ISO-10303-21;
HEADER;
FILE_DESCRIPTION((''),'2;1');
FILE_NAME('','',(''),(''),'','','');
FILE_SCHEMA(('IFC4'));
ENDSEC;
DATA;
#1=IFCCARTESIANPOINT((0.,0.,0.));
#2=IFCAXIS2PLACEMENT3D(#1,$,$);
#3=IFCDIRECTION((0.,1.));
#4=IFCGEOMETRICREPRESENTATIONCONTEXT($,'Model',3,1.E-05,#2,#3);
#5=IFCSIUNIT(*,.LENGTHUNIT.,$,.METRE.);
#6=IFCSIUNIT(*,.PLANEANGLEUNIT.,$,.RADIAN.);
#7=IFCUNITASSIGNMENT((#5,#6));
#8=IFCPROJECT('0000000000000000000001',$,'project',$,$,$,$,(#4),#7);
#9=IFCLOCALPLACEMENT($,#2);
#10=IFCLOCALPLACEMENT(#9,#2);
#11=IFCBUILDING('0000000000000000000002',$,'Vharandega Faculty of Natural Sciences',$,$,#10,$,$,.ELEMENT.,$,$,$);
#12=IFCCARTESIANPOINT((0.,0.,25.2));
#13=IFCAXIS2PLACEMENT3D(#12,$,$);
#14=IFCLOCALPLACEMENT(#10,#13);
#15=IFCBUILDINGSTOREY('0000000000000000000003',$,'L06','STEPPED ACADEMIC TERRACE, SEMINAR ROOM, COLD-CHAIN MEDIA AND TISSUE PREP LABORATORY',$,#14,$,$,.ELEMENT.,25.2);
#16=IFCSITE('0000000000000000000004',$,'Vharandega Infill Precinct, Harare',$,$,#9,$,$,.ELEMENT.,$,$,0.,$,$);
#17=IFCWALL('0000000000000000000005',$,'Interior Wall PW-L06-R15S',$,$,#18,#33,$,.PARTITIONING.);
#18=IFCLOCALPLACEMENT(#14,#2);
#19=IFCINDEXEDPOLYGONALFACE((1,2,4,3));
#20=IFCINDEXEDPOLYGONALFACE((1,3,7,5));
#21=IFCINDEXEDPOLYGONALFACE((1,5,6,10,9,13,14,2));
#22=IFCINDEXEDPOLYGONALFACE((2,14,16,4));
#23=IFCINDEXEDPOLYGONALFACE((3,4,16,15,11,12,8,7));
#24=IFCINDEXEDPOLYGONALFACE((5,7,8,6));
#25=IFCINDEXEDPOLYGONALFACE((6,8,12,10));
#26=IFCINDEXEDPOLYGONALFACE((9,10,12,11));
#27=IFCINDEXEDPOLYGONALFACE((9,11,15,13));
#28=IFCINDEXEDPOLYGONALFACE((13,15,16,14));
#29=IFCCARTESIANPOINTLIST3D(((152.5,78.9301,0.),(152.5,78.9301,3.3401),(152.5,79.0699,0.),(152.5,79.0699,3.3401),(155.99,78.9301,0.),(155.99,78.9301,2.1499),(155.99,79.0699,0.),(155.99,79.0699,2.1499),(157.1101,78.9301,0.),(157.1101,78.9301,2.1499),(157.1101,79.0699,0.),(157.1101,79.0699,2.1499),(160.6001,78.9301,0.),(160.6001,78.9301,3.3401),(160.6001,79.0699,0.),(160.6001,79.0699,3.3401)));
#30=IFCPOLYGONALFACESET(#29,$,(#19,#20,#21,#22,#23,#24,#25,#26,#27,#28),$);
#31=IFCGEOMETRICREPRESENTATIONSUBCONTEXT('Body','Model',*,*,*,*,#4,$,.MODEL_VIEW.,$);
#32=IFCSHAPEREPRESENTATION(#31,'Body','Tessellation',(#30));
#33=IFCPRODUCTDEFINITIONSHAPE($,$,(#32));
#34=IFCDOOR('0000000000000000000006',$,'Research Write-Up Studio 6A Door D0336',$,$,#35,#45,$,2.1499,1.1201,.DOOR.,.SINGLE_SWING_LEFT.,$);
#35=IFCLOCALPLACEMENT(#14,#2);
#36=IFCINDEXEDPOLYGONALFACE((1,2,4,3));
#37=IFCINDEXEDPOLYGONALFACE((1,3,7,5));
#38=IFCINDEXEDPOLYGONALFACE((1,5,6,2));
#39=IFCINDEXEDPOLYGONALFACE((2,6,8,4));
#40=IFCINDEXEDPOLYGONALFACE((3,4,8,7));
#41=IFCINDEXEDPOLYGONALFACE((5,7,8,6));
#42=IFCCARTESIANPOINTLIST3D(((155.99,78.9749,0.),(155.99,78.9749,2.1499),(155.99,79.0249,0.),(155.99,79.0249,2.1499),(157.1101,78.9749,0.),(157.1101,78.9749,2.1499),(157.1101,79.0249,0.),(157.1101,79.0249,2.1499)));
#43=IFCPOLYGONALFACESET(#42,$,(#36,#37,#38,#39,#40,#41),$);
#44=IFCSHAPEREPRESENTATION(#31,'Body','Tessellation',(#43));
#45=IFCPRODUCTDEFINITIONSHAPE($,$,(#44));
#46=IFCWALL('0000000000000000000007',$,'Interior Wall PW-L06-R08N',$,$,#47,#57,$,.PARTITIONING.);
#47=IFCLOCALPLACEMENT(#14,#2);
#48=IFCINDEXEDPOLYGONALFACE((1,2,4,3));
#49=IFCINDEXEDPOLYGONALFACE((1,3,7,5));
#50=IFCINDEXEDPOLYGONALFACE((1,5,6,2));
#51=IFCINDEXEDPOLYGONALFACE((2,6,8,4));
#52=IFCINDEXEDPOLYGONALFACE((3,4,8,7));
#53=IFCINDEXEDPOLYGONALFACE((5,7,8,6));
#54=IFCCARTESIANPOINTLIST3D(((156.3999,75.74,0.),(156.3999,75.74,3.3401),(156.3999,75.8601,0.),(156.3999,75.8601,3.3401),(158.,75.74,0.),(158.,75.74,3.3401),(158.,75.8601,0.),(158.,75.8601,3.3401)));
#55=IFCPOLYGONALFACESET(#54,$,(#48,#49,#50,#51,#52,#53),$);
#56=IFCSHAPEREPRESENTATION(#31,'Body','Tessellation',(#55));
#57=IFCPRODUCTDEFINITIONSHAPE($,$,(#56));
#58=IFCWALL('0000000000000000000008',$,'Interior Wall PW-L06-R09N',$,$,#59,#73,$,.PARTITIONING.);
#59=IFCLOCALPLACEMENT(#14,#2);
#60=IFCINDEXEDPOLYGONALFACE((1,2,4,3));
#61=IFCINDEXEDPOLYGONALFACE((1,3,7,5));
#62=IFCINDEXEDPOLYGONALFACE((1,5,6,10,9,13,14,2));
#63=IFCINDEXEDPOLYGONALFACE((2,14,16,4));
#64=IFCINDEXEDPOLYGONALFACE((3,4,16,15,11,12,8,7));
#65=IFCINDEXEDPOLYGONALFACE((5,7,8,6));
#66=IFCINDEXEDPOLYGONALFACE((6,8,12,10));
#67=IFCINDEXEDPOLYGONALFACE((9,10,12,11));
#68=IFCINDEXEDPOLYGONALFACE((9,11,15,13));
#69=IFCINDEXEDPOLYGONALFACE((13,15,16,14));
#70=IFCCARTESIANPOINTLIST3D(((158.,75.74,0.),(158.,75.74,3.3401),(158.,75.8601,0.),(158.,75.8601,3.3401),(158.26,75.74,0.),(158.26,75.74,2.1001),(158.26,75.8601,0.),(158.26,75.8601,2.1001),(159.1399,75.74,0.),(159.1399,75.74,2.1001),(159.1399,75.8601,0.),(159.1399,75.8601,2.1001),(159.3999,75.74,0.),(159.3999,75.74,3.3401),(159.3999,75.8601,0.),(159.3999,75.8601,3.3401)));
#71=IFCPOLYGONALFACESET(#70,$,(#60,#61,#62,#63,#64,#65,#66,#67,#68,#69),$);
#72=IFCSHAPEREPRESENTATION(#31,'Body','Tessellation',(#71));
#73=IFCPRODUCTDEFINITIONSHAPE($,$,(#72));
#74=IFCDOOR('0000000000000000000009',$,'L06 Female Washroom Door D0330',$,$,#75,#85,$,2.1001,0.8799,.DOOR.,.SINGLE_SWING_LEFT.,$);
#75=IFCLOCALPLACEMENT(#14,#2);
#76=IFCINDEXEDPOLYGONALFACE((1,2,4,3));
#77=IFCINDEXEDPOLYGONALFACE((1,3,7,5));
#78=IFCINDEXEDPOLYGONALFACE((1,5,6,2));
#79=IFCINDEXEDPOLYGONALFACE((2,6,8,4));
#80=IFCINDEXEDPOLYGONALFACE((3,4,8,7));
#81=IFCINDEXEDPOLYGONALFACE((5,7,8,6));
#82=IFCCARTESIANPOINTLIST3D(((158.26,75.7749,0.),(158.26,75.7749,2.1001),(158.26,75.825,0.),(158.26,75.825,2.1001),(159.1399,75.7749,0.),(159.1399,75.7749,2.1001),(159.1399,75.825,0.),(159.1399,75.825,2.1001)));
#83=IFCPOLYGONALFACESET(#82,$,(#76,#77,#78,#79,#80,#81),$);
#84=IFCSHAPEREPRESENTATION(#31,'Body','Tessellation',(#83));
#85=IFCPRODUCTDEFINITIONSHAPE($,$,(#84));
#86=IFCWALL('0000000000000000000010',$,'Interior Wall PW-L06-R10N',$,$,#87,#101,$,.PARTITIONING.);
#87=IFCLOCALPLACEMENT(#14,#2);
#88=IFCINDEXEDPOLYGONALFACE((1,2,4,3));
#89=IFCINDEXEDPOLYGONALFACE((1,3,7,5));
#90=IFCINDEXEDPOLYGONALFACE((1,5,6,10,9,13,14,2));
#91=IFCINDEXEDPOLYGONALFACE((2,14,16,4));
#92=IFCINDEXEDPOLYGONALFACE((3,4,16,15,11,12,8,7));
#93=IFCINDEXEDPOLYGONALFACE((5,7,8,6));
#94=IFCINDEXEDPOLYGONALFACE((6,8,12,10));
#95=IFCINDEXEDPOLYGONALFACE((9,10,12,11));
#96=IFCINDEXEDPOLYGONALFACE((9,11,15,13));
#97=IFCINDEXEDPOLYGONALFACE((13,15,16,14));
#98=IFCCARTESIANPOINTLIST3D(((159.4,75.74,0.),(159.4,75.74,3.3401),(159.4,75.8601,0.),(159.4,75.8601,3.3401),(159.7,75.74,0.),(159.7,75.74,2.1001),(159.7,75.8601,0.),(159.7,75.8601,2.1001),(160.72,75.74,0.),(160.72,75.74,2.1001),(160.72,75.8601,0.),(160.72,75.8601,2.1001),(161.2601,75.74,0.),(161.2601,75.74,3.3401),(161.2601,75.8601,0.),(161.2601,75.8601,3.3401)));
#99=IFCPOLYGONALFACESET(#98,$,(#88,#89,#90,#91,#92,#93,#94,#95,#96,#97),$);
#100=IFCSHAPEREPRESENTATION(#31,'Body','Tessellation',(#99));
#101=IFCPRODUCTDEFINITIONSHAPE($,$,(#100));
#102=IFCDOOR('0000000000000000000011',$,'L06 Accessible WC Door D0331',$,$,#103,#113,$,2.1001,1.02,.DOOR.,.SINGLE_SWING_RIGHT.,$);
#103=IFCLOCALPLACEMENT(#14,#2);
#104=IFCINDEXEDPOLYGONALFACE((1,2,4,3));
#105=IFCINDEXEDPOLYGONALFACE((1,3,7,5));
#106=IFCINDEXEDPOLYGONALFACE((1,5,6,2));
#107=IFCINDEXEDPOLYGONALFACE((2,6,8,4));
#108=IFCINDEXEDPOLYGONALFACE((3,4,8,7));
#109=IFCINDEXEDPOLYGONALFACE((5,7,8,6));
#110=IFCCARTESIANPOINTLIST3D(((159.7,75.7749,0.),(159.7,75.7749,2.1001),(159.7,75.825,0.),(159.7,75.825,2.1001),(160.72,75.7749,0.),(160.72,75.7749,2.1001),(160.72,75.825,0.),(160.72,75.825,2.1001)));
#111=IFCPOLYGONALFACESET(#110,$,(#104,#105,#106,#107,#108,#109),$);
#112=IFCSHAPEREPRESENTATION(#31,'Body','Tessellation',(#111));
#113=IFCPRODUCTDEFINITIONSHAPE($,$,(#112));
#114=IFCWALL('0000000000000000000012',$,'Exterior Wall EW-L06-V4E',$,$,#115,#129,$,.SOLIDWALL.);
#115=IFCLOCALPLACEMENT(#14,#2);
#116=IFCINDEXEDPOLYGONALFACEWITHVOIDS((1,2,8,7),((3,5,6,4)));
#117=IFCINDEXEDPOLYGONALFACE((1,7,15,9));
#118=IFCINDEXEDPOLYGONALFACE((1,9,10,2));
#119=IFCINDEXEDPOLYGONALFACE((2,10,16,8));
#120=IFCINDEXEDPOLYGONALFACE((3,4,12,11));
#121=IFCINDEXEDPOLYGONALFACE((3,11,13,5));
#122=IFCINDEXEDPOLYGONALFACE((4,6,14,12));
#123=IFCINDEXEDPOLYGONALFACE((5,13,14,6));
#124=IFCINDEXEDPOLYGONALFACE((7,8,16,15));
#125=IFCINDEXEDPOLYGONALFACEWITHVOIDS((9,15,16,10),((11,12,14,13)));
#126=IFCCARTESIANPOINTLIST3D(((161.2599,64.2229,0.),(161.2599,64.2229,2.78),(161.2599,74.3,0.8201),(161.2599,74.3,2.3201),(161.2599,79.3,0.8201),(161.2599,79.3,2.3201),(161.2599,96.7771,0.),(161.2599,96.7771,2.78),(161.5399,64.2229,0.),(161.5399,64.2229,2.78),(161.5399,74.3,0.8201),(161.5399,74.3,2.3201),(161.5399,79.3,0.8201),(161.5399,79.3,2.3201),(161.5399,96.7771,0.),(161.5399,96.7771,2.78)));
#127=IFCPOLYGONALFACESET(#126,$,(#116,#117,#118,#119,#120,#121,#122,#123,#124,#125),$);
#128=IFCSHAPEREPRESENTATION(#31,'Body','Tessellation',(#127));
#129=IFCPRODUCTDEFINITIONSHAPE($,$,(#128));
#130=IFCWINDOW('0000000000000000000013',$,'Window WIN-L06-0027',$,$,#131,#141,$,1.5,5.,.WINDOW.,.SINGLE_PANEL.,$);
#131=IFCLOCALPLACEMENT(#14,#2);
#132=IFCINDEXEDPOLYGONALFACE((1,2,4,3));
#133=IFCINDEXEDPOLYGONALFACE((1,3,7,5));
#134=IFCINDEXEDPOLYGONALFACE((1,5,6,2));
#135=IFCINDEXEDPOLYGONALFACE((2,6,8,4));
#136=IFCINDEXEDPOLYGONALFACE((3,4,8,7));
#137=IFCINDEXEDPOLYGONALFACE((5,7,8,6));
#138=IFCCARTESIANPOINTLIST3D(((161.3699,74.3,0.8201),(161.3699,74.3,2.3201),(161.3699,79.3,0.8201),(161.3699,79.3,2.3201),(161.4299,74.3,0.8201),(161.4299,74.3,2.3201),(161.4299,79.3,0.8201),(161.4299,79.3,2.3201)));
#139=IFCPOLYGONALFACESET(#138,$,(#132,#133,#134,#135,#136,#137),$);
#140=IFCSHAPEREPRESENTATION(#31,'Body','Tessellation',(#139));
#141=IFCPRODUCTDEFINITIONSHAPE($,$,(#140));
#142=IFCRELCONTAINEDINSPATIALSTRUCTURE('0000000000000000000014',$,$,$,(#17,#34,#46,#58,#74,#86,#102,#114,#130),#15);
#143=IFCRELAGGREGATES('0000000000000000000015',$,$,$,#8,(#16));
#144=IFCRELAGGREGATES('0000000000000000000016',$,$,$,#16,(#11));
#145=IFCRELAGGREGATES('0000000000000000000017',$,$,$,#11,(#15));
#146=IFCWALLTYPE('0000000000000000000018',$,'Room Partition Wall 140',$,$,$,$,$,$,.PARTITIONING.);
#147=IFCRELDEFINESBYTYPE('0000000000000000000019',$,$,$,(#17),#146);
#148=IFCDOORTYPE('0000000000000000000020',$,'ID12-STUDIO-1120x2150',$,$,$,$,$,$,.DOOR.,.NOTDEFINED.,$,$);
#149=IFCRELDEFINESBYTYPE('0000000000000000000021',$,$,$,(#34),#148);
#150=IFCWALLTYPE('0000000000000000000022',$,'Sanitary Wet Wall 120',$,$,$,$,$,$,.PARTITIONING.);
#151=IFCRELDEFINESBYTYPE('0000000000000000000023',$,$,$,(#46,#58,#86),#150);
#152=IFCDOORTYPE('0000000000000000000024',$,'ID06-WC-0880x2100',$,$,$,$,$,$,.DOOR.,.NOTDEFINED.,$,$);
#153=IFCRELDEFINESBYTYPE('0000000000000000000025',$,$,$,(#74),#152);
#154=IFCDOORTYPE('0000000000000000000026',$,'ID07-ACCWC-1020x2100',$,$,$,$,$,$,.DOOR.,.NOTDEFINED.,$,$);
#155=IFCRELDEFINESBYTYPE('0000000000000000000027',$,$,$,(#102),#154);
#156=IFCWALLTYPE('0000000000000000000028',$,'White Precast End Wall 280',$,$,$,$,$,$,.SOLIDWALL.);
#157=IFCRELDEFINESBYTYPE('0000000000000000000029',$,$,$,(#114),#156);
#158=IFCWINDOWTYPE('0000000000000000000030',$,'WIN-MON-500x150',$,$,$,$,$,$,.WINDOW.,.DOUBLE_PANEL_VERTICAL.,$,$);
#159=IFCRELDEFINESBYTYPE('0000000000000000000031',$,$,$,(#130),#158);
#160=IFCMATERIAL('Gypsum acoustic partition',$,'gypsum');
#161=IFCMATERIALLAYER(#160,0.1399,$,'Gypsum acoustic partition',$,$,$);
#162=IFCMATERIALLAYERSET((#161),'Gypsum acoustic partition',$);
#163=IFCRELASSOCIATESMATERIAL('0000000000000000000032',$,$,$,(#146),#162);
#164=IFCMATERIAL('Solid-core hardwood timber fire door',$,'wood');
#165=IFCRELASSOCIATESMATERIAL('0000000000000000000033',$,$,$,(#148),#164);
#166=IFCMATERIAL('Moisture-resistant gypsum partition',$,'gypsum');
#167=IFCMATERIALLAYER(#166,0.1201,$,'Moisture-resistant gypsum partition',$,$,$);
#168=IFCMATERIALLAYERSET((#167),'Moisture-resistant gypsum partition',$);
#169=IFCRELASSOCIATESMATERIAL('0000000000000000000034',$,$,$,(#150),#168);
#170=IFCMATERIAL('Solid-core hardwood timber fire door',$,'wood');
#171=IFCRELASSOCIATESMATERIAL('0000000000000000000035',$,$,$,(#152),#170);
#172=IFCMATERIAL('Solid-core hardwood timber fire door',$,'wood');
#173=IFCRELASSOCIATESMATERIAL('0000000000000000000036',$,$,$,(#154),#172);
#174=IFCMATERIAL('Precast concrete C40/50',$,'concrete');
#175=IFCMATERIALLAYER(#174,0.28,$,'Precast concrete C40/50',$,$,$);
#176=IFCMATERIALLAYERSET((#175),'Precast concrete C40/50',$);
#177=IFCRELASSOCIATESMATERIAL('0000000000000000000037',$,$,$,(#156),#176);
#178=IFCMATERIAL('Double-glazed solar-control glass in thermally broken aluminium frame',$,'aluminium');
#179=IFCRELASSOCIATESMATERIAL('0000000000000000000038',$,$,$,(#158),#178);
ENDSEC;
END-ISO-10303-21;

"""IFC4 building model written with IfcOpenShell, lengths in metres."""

from ifc_helpers import new_model, si_unit, direction, frame, frame_2d, origin, place, context, subcontext, project, spatial, rectangle, extrude, material, layer, layer_set, type_object, element, fill, save


model = new_model("IFC4")

# Units and contexts
model_context = context("Model", 3, precision=1e-05, world=origin(), true_north=direction((0.0, 1.0)))
body_context = subcontext(model_context, "Body", "Model", "MODEL_VIEW")
ifc_project = project(units=[si_unit("LENGTHUNIT", "METRE"), si_unit("PLANEANGLEUNIT", "RADIAN")], contexts=[model_context])

# Site, building, storey
site_placement = place(None, origin())
site = spatial("IfcSite", under=ifc_project, at=site_placement, Name="Vharandega Infill Precinct, Harare", CompositionType="ELEMENT", RefElevation=0.0)
building_placement = place(site_placement, origin())
building = spatial("IfcBuilding", under=site, at=building_placement, Name="Vharandega Faculty of Natural Sciences", CompositionType="ELEMENT")
storey_placement = place(building_placement, frame((0.0, 0.0, 25.2)))
storey = spatial("IfcBuildingStorey", under=building, at=storey_placement, Name="L06", Description="STEPPED ACADEMIC TERRACE, SEMINAR ROOM, COLD-CHAIN MEDIA AND TISSUE PREP LABORATORY", CompositionType="ELEMENT", Elevation=25.2)

# Wall, opening, door
ifc_material_1 = material(Name="Gypsum acoustic partition", Category="gypsum")
ifc_layer_1 = layer(ifc_material_1, 0.1399, Name="Gypsum acoustic partition")
ifc_layer_set_1 = layer_set([ifc_layer_1], Name="Gypsum acoustic partition")
wall_type_1 = type_object("IfcWallType", Name="Room Partition Wall 140", PredefinedType="PARTITIONING", material=ifc_layer_set_1)
wall_1_placement = place(storey_placement, frame((152.5, 79.0, 0.0), z_axis=(0.0, 0.0, 1.0), x_axis=(1.0, 0.0, 0.0)))
wall_1 = element("IfcWall", 1, at=wall_1_placement, inside=storey, type_object=wall_type_1, Name="Interior Wall PW-L06-R15S", PredefinedType="PARTITIONING", context=body_context, shape_type="SweptSolid", body=[
    extrude(rectangle(XDim=8.1001, YDim=0.1399, at=frame_2d((4.05, 0.0))), origin(), (0.0, 0.0, 1.0), 3.3401),
])
opening_1_placement = place(wall_1_placement, frame((3.49, 0.0, 0.0)))
opening_1 = element("IfcOpeningElement", 2, at=opening_1_placement, cuts=wall_1, PredefinedType="OPENING", context=body_context, shape_type="SweptSolid", body=[
    extrude(rectangle(XDim=1.1201, YDim=2.1499, at=frame_2d((0.5601, 1.075))), frame((0.0, 0.0801, 0.0), z_axis=(0.0, -1.0, 0.0), x_axis=(1.0, 0.0, 0.0)), (0.0, 0.0, 1.0), 0.1599),
])
ifc_material_2 = material(Name="Solid-core hardwood timber fire door", Category="wood")
door_type_1 = type_object("IfcDoorType", Name="ID12-STUDIO-1120x2150", OperationType="NOTDEFINED", PredefinedType="DOOR", material=ifc_material_2)
door_1_placement = place(opening_1_placement, origin())
door_1 = element("IfcDoor", 3, at=door_1_placement, inside=storey, type_object=door_type_1, Name="Research Write-Up Studio 6A Door D0336", OperationType="SINGLE_SWING_LEFT", OverallHeight=2.1499, OverallWidth=1.1201, PredefinedType="DOOR", context=body_context, shape_type="SweptSolid", body=[
    extrude(rectangle(XDim=1.1201, YDim=2.1499, at=frame_2d((0.5601, 1.075))), frame((0.0, 0.0249, 0.0), z_axis=(0.0, -1.0, 0.0), x_axis=(1.0, 0.0, 0.0)), (0.0, 0.0, 1.0), 0.05),
])
fill(opening_1, door_1)

# Wall
ifc_material_3 = material(Name="Moisture-resistant gypsum partition", Category="gypsum")
ifc_layer_2 = layer(ifc_material_3, 0.1201, Name="Moisture-resistant gypsum partition")
ifc_layer_set_2 = layer_set([ifc_layer_2], Name="Moisture-resistant gypsum partition")
wall_type_2 = type_object("IfcWallType", Name="Sanitary Wet Wall 120", PredefinedType="PARTITIONING", material=ifc_layer_set_2)
wall_2_placement = place(storey_placement, frame((156.3999, 75.8, 0.0), z_axis=(0.0, 0.0, 1.0), x_axis=(1.0, 0.0, 0.0)))
element("IfcWall", 4, at=wall_2_placement, inside=storey, type_object=wall_type_2, Name="Interior Wall PW-L06-R08N", PredefinedType="PARTITIONING", context=body_context, shape_type="SweptSolid", body=[
    extrude(rectangle(XDim=1.6001, YDim=0.1201, at=frame_2d((0.8, 0.0))), origin(), (0.0, 0.0, 1.0), 3.3401),
])

# Walls, openings, doors
wall_3_placement = place(storey_placement, frame((158.0, 75.8, 0.0), z_axis=(0.0, 0.0, 1.0), x_axis=(1.0, 0.0, 0.0)))
wall_3 = element("IfcWall", 5, at=wall_3_placement, inside=storey, type_object=wall_type_2, Name="Interior Wall PW-L06-R09N", PredefinedType="PARTITIONING", context=body_context, shape_type="SweptSolid", body=[
    extrude(rectangle(XDim=1.3999, YDim=0.1201, at=frame_2d((0.7, 0.0))), origin(), (0.0, 0.0, 1.0), 3.3401),
])
opening_2_placement = place(wall_3_placement, frame((0.26, 0.0, 0.0)))
opening_2 = element("IfcOpeningElement", 6, at=opening_2_placement, cuts=wall_3, PredefinedType="OPENING", context=body_context, shape_type="SweptSolid", body=[
    extrude(rectangle(XDim=0.8799, YDim=2.1001, at=frame_2d((0.4399, 1.05))), frame((0.0, 0.0701, 0.0), z_axis=(0.0, -1.0, 0.0), x_axis=(1.0, 0.0, 0.0)), (0.0, 0.0, 1.0), 0.1401),
])
ifc_material_4 = material(Name="Solid-core hardwood timber fire door", Category="wood")
door_type_2 = type_object("IfcDoorType", Name="ID06-WC-0880x2100", OperationType="NOTDEFINED", PredefinedType="DOOR", material=ifc_material_4)
door_2_placement = place(opening_2_placement, origin())
door_2 = element("IfcDoor", 7, at=door_2_placement, inside=storey, type_object=door_type_2, Name="L06 Female Washroom Door D0330", OperationType="SINGLE_SWING_LEFT", OverallHeight=2.1001, OverallWidth=0.8799, PredefinedType="DOOR", context=body_context, shape_type="SweptSolid", body=[
    extrude(rectangle(XDim=0.8799, YDim=2.1001, at=frame_2d((0.4399, 1.05))), frame((0.0, 0.0249, 0.0), z_axis=(0.0, -1.0, 0.0), x_axis=(1.0, 0.0, 0.0)), (0.0, 0.0, 1.0), 0.05),
])
fill(opening_2, door_2)
wall_4_placement = place(storey_placement, frame((159.3999, 75.8, 0.0), z_axis=(0.0, 0.0, 1.0), x_axis=(1.0, 0.0, 0.0)))
wall_4 = element("IfcWall", 8, at=wall_4_placement, inside=storey, type_object=wall_type_2, Name="Interior Wall PW-L06-R10N", PredefinedType="PARTITIONING", context=body_context, shape_type="SweptSolid", body=[
    extrude(rectangle(XDim=1.8601, YDim=0.1201, at=frame_2d((0.9302, 0.0))), origin(), (0.0, 0.0, 1.0), 3.3401),
])
opening_3_placement = place(wall_4_placement, frame((0.3, 0.0, 0.0)))
opening_3 = element("IfcOpeningElement", 9, at=opening_3_placement, cuts=wall_4, PredefinedType="OPENING", context=body_context, shape_type="SweptSolid", body=[
    extrude(rectangle(XDim=1.02, YDim=2.1001, at=frame_2d((0.51, 1.05))), frame((0.0, 0.0701, 0.0), z_axis=(0.0, -1.0, 0.0), x_axis=(1.0, 0.0, 0.0)), (0.0, 0.0, 1.0), 0.1401),
])
ifc_material_5 = material(Name="Solid-core hardwood timber fire door", Category="wood")
door_type_3 = type_object("IfcDoorType", Name="ID07-ACCWC-1020x2100", OperationType="NOTDEFINED", PredefinedType="DOOR", material=ifc_material_5)
door_3_placement = place(opening_3_placement, origin())
door_3 = element("IfcDoor", 10, at=door_3_placement, inside=storey, type_object=door_type_3, Name="L06 Accessible WC Door D0331", OperationType="SINGLE_SWING_RIGHT", OverallHeight=2.1001, OverallWidth=1.02, PredefinedType="DOOR", context=body_context, shape_type="SweptSolid", body=[
    extrude(rectangle(XDim=1.02, YDim=2.1001, at=frame_2d((0.51, 1.05))), frame((0.0, 0.0249, 0.0), z_axis=(0.0, -1.0, 0.0), x_axis=(1.0, 0.0, 0.0)), (0.0, 0.0, 1.0), 0.05),
])
fill(opening_3, door_3)

# Wall, opening, window
ifc_material_6 = material(Name="Precast concrete C40/50", Category="concrete")
ifc_layer_3 = layer(ifc_material_6, 0.28, Name="Precast concrete C40/50")
ifc_layer_set_3 = layer_set([ifc_layer_3], Name="Precast concrete C40/50")
wall_type_3 = type_object("IfcWallType", Name="White Precast End Wall 280", PredefinedType="SOLIDWALL", material=ifc_layer_set_3)
wall_5_placement = place(storey_placement, frame((161.3999, 96.7771, 0.0), z_axis=(0.0, 0.0, 1.0), x_axis=(0.0, -1.0, 0.0)))
wall_5 = element("IfcWall", 11, at=wall_5_placement, inside=storey, type_object=wall_type_3, Name="Exterior Wall EW-L06-V4E", PredefinedType="SOLIDWALL", context=body_context, shape_type="SweptSolid", body=[
    extrude(rectangle(XDim=32.5542, YDim=0.28, at=frame_2d((16.2771, 0.0))), origin(), (0.0, 0.0, 1.0), 2.78),
])
opening_4_placement = place(wall_5_placement, frame((17.4771, 0.0, 0.8201)))
opening_4 = element("IfcOpeningElement", 12, at=opening_4_placement, cuts=wall_5, PredefinedType="OPENING", context=body_context, shape_type="SweptSolid", body=[
    extrude(rectangle(XDim=5.0, YDim=1.5, at=frame_2d((2.5, 0.75))), frame((0.0, 0.1499, 0.0), z_axis=(0.0, -1.0, 0.0), x_axis=(1.0, 0.0, 0.0)), (0.0, 0.0, 1.0), 0.3),
])
ifc_material_7 = material(Name="Double-glazed solar-control glass in thermally broken aluminium frame", Category="aluminium")
window_type = type_object("IfcWindowType", Name="WIN-MON-500x150", PartitioningType="DOUBLE_PANEL_VERTICAL", PredefinedType="WINDOW", material=ifc_material_7)
window_placement = place(opening_4_placement, origin())
window = element("IfcWindow", 13, at=window_placement, inside=storey, type_object=window_type, Name="Window WIN-L06-0027", OverallHeight=1.5, OverallWidth=5.0, PartitioningType="SINGLE_PANEL", PredefinedType="WINDOW", context=body_context, shape_type="SweptSolid", body=[
    extrude(rectangle(XDim=5.0, YDim=1.5, at=frame_2d((2.5, 0.75))), frame((0.0, 0.03, 0.0), z_axis=(0.0, -1.0, 0.0), x_axis=(1.0, 0.0, 0.0)), (0.0, 0.0, 1.0), 0.0601),
])
fill(opening_4, window)

save(model, "model.ifc")
